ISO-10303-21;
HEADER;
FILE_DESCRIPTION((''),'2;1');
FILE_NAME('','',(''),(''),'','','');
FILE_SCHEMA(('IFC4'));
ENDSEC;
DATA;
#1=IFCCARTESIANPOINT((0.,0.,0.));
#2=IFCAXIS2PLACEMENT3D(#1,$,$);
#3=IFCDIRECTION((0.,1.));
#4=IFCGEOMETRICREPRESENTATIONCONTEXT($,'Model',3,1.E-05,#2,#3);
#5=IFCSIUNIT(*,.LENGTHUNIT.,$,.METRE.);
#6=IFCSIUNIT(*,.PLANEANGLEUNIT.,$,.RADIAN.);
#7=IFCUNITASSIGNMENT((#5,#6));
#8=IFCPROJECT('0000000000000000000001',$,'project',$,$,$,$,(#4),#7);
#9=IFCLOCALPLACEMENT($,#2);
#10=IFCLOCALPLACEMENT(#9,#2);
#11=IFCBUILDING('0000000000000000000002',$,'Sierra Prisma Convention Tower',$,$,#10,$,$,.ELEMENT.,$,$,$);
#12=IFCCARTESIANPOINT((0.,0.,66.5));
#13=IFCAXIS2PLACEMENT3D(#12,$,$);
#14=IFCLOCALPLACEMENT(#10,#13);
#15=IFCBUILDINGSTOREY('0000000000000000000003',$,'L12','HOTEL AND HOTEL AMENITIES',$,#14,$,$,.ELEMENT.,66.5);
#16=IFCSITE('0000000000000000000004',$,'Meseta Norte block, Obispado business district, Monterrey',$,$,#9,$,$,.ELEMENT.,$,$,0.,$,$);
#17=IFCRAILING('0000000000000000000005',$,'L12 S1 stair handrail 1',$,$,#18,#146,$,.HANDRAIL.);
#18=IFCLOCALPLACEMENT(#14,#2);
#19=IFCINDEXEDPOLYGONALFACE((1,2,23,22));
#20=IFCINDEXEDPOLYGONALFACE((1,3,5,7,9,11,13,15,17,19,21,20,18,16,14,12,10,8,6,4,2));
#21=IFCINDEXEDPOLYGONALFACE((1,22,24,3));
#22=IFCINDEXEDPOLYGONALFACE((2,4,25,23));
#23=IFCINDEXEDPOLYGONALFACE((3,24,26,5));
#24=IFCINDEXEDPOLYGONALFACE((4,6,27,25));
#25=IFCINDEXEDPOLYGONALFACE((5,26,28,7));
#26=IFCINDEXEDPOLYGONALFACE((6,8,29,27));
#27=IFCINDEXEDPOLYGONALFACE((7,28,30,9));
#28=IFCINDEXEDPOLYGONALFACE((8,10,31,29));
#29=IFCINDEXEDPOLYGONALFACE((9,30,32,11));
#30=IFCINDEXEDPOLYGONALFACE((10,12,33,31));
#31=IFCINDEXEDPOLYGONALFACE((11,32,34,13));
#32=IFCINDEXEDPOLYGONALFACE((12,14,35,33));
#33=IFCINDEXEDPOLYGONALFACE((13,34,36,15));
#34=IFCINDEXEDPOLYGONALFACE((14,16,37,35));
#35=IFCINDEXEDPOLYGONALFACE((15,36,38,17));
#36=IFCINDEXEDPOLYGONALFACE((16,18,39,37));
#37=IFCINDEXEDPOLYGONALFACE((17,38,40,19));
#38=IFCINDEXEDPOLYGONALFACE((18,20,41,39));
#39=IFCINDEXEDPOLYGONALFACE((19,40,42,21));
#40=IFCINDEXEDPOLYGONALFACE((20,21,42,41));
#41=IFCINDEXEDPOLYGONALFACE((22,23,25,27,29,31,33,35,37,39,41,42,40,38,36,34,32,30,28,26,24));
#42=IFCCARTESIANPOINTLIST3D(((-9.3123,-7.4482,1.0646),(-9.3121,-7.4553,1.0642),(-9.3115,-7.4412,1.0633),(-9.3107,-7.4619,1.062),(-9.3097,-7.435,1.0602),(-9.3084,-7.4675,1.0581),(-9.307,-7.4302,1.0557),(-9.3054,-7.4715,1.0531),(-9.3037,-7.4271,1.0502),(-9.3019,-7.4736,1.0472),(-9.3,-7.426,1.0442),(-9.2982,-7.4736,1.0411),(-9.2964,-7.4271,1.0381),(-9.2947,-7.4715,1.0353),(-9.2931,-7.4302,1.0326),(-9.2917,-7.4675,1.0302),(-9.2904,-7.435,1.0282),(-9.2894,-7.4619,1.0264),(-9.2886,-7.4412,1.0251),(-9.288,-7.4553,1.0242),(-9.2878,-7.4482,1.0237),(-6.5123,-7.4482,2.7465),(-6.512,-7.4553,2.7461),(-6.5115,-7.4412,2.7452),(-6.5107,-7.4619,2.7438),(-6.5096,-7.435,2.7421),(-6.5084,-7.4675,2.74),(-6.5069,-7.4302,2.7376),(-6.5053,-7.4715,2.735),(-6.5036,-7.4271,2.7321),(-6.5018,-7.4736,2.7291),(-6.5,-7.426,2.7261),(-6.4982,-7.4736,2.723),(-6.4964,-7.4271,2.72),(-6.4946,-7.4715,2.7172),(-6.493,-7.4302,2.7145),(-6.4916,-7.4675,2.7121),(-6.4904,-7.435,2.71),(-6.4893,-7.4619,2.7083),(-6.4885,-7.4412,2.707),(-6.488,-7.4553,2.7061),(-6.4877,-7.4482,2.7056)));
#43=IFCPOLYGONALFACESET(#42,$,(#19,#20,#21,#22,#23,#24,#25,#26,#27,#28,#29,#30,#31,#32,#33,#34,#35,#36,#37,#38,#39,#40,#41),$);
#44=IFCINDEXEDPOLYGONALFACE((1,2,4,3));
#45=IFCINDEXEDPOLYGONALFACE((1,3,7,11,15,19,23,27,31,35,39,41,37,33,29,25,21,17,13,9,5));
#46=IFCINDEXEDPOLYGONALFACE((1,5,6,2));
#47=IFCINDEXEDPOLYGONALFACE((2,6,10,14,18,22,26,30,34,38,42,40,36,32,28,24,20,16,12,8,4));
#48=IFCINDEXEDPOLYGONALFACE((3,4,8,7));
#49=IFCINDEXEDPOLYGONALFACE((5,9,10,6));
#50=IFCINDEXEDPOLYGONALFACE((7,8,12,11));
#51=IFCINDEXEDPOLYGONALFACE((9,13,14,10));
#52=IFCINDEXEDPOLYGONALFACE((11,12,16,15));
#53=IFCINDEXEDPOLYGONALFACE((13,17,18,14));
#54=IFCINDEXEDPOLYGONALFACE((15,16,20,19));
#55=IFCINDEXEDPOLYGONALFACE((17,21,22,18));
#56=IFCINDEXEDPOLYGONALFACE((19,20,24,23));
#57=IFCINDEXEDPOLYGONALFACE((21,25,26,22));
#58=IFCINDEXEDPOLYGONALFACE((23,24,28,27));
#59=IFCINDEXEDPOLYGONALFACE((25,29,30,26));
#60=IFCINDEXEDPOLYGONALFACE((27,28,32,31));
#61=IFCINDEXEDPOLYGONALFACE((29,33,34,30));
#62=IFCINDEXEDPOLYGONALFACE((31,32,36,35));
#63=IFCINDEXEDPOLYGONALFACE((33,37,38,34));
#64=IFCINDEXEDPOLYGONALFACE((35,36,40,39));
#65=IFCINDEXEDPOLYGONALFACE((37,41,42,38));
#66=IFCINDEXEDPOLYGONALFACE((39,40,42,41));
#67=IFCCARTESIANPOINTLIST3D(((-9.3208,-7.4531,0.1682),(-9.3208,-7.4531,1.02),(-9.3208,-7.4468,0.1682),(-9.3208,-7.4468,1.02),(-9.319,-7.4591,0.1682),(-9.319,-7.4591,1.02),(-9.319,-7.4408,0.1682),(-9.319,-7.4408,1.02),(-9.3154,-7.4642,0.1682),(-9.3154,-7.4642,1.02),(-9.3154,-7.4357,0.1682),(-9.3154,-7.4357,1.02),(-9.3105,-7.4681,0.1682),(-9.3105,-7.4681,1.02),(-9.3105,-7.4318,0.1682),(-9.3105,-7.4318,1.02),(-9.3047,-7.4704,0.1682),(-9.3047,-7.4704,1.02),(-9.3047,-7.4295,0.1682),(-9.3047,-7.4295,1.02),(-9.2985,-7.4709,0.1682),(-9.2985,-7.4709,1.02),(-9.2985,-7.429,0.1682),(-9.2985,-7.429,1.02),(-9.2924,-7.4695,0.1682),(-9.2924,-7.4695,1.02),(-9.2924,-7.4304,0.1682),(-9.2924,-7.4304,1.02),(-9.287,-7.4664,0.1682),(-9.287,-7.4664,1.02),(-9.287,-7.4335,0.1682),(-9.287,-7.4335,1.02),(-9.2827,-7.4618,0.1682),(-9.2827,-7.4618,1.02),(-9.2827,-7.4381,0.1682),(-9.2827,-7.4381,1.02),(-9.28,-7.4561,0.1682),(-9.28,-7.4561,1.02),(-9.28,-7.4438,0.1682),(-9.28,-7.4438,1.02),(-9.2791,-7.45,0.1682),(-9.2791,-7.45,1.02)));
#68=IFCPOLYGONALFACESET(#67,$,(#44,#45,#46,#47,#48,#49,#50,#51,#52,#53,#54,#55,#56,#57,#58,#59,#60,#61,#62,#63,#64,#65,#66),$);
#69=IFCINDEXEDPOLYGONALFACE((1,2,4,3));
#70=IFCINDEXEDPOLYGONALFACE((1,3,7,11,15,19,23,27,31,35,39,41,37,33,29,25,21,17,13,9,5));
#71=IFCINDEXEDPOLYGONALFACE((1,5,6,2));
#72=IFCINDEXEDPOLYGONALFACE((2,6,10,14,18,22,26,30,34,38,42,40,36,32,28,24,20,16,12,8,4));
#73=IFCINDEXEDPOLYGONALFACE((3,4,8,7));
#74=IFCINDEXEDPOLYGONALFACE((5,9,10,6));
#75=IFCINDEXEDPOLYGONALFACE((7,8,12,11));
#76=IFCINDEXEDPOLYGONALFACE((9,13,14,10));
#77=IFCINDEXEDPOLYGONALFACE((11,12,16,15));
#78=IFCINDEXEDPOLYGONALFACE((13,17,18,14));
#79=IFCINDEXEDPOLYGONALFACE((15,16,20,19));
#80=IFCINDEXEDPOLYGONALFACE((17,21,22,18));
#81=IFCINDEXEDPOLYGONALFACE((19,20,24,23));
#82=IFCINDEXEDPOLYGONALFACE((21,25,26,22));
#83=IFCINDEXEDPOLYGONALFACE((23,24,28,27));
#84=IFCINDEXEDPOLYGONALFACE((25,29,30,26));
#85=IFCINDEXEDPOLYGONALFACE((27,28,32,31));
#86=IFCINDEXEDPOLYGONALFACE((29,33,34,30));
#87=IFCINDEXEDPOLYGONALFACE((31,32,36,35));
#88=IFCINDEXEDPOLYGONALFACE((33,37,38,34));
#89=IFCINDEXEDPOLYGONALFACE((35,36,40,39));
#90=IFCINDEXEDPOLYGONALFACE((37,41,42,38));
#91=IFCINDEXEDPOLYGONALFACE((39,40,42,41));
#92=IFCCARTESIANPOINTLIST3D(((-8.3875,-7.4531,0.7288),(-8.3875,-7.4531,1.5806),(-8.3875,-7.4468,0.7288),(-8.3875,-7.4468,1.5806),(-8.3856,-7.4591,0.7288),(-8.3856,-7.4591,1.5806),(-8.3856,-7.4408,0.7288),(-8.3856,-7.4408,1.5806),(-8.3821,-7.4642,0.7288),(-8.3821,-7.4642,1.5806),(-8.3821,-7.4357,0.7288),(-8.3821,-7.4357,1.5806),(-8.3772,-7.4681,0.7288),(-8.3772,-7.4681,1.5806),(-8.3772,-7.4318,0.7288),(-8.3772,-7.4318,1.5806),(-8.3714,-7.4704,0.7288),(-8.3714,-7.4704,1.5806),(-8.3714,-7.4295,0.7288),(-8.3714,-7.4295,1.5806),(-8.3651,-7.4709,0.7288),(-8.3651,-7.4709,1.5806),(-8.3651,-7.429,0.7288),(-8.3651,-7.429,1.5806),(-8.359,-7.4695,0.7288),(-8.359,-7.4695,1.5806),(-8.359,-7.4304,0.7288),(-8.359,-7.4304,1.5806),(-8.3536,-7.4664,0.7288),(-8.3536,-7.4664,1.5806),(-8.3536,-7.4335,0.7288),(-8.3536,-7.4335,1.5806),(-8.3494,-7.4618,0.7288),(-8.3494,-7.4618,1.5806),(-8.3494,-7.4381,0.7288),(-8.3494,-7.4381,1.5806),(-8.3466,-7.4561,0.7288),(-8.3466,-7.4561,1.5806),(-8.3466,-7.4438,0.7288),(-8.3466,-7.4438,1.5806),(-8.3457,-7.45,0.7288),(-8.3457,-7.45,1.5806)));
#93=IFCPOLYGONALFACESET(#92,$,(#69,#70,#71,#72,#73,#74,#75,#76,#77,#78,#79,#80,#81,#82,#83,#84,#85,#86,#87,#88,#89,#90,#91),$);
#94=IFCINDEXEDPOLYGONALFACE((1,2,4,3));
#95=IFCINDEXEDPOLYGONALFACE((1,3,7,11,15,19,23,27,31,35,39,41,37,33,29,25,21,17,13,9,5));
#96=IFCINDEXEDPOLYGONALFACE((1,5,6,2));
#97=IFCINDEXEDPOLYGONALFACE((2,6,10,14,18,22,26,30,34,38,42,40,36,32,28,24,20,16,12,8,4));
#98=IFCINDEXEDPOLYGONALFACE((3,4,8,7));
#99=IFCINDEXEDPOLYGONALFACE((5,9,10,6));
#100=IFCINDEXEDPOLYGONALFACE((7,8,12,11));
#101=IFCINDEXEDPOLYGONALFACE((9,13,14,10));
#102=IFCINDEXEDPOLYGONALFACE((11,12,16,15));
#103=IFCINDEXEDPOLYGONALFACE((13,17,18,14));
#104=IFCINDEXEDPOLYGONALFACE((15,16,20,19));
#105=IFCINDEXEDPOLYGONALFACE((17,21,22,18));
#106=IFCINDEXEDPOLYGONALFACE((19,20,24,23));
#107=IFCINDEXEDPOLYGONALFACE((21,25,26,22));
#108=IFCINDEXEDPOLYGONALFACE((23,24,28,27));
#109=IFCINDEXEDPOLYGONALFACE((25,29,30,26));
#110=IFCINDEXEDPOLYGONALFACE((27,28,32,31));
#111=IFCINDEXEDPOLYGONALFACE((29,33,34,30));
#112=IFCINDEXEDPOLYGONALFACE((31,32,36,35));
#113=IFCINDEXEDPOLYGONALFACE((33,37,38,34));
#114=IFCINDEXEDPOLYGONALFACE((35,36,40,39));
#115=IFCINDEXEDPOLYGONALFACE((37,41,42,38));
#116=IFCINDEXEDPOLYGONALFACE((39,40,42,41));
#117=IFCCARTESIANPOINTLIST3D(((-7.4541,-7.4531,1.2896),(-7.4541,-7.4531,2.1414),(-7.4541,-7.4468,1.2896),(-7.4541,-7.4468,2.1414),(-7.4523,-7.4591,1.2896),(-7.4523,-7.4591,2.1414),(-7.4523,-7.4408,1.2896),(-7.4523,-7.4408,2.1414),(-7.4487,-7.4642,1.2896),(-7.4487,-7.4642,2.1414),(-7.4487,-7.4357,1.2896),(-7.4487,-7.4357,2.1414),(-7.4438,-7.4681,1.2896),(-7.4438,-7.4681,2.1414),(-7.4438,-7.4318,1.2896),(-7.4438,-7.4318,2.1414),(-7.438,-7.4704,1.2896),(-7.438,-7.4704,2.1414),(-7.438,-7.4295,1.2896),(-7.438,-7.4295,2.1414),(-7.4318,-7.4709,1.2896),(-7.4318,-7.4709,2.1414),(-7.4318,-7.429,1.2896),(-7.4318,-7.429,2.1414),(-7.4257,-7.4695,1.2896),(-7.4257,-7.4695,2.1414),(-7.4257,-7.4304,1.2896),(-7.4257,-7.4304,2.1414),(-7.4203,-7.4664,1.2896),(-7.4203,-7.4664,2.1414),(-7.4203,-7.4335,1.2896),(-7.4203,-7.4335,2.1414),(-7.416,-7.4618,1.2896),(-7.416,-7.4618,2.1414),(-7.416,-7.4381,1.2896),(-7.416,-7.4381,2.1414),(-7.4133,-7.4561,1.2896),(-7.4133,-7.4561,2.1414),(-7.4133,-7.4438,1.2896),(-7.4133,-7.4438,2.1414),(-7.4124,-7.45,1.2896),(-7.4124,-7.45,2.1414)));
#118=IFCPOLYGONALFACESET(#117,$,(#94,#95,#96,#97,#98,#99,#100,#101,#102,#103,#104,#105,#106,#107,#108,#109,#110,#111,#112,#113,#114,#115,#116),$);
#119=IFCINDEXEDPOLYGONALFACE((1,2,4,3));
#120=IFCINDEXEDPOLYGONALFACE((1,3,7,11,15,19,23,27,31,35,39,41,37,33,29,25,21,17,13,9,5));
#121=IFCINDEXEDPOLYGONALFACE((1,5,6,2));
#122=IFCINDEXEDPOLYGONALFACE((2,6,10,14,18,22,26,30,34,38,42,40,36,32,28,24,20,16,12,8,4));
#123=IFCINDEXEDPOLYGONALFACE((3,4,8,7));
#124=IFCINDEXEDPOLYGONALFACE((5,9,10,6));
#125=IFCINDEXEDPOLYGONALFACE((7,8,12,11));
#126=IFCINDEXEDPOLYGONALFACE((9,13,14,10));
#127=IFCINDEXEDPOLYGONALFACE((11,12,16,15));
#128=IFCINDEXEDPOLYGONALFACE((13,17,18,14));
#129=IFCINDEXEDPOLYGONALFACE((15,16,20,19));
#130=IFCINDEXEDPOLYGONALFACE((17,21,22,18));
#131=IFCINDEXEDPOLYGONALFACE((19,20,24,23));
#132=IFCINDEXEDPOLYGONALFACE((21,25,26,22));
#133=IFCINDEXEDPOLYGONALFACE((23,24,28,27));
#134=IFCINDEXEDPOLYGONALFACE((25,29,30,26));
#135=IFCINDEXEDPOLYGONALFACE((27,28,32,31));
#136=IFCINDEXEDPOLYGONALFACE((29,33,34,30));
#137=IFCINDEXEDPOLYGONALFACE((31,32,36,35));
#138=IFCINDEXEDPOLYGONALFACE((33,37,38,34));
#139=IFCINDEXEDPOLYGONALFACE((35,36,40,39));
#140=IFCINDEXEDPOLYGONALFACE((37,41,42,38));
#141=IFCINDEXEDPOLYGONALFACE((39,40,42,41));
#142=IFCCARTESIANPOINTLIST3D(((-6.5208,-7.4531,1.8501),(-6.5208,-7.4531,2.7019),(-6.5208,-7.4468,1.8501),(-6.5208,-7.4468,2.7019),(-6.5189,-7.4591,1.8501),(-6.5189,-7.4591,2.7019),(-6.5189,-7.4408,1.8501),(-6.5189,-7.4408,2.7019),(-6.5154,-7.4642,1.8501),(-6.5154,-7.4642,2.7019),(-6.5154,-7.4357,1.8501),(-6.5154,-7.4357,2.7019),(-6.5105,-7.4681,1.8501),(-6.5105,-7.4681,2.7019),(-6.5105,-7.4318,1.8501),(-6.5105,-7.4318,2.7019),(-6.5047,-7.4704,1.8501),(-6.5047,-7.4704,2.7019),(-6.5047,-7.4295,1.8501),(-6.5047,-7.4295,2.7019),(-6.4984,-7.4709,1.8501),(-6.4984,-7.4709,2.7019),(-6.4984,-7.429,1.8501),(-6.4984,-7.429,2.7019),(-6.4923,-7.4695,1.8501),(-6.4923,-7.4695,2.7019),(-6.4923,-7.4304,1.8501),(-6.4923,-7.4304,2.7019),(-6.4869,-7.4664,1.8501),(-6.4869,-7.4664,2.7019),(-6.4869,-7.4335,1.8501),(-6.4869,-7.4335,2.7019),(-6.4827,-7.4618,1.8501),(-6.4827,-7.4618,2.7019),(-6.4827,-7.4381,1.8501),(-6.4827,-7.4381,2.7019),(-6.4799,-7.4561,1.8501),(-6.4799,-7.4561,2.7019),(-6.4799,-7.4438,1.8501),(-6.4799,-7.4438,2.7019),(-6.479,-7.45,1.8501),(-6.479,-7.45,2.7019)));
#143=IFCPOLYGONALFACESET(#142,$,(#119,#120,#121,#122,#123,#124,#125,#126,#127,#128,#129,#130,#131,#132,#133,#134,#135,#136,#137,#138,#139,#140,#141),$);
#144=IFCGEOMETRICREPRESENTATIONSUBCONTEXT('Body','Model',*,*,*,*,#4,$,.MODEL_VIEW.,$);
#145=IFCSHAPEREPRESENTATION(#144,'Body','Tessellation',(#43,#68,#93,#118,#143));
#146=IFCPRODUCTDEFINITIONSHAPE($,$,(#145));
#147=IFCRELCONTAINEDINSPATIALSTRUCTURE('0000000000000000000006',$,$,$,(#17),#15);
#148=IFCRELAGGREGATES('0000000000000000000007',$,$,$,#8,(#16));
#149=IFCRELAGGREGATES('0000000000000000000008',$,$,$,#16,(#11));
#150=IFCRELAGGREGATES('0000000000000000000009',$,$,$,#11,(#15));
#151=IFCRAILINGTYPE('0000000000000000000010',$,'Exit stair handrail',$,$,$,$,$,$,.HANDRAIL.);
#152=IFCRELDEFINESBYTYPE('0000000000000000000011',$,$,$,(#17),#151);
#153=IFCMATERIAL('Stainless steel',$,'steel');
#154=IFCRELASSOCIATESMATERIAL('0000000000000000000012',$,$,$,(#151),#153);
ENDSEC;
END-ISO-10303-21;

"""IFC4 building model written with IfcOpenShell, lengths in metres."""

from ifc_helpers import new_model, si_unit, direction, frame, origin, origin_2d, place, context, subcontext, project, spatial, circle, extrude, material, type_object, element, save


model = new_model("IFC4")

# Units and contexts
model_context = context("Model", 3, precision=1e-05, world=origin(), true_north=direction((0.0, 1.0)))
body_context = subcontext(model_context, "Body", "Model", "MODEL_VIEW")
ifc_project = project(units=[si_unit("LENGTHUNIT", "METRE"), si_unit("PLANEANGLEUNIT", "RADIAN")], contexts=[model_context])

# Site, building, storey
site_placement = place(None, origin())
site = spatial("IfcSite", under=ifc_project, at=site_placement, Name="Meseta Norte block, Obispado business district, Monterrey", CompositionType="ELEMENT", RefElevation=0.0)
building_placement = place(site_placement, origin())
building = spatial("IfcBuilding", under=site, at=building_placement, Name="Sierra Prisma Convention Tower", CompositionType="ELEMENT")
storey_placement = place(building_placement, frame((0.0, 0.0, 66.5)))
storey = spatial("IfcBuildingStorey", under=building, at=storey_placement, Name="L12", Description="HOTEL AND HOTEL AMENITIES", CompositionType="ELEMENT", Elevation=66.5)

# Railing
ifc_material_1 = material(Name="Stainless steel", Category="steel")
railing_type_1 = type_object("IfcRailingType", Name="Exit stair handrail", PredefinedType="HANDRAIL", material=ifc_material_1)
railing_1_placement = place(storey_placement, frame((-9.3, -7.45, 0.1682)))
element("IfcRailing", 1, at=railing_1_placement, inside=storey, type_object=railing_type_1, Name="L12 S1 stair handrail 1", PredefinedType="HANDRAIL", context=body_context, shape_type="SweptSolid", body=[
    extrude(circle(Radius=0.0239, at=origin_2d()), frame((0.0, 0.0, 0.876), z_axis=(0.857242, 0.0, 0.514913), x_axis=(0.0, 1.0, 0.0)), (0.0, 0.0, 1.0), 3.2664),
    extrude(circle(Radius=0.021, at=origin_2d()), origin(), (0.0, 0.0, 1.0), 0.8518),
    extrude(circle(Radius=0.021, at=origin_2d()), frame((0.9333, 0.0, 0.5605)), (0.0, 0.0, 1.0), 0.8518),
    extrude(circle(Radius=0.021, at=origin_2d()), frame((1.8667, 0.0, 1.1213)), (0.0, 0.0, 1.0), 0.8518),
    extrude(circle(Radius=0.021, at=origin_2d()), frame((2.8, 0.0, 1.6819)), (0.0, 0.0, 1.0), 0.8518),
])

save(model, "model.ifc")
